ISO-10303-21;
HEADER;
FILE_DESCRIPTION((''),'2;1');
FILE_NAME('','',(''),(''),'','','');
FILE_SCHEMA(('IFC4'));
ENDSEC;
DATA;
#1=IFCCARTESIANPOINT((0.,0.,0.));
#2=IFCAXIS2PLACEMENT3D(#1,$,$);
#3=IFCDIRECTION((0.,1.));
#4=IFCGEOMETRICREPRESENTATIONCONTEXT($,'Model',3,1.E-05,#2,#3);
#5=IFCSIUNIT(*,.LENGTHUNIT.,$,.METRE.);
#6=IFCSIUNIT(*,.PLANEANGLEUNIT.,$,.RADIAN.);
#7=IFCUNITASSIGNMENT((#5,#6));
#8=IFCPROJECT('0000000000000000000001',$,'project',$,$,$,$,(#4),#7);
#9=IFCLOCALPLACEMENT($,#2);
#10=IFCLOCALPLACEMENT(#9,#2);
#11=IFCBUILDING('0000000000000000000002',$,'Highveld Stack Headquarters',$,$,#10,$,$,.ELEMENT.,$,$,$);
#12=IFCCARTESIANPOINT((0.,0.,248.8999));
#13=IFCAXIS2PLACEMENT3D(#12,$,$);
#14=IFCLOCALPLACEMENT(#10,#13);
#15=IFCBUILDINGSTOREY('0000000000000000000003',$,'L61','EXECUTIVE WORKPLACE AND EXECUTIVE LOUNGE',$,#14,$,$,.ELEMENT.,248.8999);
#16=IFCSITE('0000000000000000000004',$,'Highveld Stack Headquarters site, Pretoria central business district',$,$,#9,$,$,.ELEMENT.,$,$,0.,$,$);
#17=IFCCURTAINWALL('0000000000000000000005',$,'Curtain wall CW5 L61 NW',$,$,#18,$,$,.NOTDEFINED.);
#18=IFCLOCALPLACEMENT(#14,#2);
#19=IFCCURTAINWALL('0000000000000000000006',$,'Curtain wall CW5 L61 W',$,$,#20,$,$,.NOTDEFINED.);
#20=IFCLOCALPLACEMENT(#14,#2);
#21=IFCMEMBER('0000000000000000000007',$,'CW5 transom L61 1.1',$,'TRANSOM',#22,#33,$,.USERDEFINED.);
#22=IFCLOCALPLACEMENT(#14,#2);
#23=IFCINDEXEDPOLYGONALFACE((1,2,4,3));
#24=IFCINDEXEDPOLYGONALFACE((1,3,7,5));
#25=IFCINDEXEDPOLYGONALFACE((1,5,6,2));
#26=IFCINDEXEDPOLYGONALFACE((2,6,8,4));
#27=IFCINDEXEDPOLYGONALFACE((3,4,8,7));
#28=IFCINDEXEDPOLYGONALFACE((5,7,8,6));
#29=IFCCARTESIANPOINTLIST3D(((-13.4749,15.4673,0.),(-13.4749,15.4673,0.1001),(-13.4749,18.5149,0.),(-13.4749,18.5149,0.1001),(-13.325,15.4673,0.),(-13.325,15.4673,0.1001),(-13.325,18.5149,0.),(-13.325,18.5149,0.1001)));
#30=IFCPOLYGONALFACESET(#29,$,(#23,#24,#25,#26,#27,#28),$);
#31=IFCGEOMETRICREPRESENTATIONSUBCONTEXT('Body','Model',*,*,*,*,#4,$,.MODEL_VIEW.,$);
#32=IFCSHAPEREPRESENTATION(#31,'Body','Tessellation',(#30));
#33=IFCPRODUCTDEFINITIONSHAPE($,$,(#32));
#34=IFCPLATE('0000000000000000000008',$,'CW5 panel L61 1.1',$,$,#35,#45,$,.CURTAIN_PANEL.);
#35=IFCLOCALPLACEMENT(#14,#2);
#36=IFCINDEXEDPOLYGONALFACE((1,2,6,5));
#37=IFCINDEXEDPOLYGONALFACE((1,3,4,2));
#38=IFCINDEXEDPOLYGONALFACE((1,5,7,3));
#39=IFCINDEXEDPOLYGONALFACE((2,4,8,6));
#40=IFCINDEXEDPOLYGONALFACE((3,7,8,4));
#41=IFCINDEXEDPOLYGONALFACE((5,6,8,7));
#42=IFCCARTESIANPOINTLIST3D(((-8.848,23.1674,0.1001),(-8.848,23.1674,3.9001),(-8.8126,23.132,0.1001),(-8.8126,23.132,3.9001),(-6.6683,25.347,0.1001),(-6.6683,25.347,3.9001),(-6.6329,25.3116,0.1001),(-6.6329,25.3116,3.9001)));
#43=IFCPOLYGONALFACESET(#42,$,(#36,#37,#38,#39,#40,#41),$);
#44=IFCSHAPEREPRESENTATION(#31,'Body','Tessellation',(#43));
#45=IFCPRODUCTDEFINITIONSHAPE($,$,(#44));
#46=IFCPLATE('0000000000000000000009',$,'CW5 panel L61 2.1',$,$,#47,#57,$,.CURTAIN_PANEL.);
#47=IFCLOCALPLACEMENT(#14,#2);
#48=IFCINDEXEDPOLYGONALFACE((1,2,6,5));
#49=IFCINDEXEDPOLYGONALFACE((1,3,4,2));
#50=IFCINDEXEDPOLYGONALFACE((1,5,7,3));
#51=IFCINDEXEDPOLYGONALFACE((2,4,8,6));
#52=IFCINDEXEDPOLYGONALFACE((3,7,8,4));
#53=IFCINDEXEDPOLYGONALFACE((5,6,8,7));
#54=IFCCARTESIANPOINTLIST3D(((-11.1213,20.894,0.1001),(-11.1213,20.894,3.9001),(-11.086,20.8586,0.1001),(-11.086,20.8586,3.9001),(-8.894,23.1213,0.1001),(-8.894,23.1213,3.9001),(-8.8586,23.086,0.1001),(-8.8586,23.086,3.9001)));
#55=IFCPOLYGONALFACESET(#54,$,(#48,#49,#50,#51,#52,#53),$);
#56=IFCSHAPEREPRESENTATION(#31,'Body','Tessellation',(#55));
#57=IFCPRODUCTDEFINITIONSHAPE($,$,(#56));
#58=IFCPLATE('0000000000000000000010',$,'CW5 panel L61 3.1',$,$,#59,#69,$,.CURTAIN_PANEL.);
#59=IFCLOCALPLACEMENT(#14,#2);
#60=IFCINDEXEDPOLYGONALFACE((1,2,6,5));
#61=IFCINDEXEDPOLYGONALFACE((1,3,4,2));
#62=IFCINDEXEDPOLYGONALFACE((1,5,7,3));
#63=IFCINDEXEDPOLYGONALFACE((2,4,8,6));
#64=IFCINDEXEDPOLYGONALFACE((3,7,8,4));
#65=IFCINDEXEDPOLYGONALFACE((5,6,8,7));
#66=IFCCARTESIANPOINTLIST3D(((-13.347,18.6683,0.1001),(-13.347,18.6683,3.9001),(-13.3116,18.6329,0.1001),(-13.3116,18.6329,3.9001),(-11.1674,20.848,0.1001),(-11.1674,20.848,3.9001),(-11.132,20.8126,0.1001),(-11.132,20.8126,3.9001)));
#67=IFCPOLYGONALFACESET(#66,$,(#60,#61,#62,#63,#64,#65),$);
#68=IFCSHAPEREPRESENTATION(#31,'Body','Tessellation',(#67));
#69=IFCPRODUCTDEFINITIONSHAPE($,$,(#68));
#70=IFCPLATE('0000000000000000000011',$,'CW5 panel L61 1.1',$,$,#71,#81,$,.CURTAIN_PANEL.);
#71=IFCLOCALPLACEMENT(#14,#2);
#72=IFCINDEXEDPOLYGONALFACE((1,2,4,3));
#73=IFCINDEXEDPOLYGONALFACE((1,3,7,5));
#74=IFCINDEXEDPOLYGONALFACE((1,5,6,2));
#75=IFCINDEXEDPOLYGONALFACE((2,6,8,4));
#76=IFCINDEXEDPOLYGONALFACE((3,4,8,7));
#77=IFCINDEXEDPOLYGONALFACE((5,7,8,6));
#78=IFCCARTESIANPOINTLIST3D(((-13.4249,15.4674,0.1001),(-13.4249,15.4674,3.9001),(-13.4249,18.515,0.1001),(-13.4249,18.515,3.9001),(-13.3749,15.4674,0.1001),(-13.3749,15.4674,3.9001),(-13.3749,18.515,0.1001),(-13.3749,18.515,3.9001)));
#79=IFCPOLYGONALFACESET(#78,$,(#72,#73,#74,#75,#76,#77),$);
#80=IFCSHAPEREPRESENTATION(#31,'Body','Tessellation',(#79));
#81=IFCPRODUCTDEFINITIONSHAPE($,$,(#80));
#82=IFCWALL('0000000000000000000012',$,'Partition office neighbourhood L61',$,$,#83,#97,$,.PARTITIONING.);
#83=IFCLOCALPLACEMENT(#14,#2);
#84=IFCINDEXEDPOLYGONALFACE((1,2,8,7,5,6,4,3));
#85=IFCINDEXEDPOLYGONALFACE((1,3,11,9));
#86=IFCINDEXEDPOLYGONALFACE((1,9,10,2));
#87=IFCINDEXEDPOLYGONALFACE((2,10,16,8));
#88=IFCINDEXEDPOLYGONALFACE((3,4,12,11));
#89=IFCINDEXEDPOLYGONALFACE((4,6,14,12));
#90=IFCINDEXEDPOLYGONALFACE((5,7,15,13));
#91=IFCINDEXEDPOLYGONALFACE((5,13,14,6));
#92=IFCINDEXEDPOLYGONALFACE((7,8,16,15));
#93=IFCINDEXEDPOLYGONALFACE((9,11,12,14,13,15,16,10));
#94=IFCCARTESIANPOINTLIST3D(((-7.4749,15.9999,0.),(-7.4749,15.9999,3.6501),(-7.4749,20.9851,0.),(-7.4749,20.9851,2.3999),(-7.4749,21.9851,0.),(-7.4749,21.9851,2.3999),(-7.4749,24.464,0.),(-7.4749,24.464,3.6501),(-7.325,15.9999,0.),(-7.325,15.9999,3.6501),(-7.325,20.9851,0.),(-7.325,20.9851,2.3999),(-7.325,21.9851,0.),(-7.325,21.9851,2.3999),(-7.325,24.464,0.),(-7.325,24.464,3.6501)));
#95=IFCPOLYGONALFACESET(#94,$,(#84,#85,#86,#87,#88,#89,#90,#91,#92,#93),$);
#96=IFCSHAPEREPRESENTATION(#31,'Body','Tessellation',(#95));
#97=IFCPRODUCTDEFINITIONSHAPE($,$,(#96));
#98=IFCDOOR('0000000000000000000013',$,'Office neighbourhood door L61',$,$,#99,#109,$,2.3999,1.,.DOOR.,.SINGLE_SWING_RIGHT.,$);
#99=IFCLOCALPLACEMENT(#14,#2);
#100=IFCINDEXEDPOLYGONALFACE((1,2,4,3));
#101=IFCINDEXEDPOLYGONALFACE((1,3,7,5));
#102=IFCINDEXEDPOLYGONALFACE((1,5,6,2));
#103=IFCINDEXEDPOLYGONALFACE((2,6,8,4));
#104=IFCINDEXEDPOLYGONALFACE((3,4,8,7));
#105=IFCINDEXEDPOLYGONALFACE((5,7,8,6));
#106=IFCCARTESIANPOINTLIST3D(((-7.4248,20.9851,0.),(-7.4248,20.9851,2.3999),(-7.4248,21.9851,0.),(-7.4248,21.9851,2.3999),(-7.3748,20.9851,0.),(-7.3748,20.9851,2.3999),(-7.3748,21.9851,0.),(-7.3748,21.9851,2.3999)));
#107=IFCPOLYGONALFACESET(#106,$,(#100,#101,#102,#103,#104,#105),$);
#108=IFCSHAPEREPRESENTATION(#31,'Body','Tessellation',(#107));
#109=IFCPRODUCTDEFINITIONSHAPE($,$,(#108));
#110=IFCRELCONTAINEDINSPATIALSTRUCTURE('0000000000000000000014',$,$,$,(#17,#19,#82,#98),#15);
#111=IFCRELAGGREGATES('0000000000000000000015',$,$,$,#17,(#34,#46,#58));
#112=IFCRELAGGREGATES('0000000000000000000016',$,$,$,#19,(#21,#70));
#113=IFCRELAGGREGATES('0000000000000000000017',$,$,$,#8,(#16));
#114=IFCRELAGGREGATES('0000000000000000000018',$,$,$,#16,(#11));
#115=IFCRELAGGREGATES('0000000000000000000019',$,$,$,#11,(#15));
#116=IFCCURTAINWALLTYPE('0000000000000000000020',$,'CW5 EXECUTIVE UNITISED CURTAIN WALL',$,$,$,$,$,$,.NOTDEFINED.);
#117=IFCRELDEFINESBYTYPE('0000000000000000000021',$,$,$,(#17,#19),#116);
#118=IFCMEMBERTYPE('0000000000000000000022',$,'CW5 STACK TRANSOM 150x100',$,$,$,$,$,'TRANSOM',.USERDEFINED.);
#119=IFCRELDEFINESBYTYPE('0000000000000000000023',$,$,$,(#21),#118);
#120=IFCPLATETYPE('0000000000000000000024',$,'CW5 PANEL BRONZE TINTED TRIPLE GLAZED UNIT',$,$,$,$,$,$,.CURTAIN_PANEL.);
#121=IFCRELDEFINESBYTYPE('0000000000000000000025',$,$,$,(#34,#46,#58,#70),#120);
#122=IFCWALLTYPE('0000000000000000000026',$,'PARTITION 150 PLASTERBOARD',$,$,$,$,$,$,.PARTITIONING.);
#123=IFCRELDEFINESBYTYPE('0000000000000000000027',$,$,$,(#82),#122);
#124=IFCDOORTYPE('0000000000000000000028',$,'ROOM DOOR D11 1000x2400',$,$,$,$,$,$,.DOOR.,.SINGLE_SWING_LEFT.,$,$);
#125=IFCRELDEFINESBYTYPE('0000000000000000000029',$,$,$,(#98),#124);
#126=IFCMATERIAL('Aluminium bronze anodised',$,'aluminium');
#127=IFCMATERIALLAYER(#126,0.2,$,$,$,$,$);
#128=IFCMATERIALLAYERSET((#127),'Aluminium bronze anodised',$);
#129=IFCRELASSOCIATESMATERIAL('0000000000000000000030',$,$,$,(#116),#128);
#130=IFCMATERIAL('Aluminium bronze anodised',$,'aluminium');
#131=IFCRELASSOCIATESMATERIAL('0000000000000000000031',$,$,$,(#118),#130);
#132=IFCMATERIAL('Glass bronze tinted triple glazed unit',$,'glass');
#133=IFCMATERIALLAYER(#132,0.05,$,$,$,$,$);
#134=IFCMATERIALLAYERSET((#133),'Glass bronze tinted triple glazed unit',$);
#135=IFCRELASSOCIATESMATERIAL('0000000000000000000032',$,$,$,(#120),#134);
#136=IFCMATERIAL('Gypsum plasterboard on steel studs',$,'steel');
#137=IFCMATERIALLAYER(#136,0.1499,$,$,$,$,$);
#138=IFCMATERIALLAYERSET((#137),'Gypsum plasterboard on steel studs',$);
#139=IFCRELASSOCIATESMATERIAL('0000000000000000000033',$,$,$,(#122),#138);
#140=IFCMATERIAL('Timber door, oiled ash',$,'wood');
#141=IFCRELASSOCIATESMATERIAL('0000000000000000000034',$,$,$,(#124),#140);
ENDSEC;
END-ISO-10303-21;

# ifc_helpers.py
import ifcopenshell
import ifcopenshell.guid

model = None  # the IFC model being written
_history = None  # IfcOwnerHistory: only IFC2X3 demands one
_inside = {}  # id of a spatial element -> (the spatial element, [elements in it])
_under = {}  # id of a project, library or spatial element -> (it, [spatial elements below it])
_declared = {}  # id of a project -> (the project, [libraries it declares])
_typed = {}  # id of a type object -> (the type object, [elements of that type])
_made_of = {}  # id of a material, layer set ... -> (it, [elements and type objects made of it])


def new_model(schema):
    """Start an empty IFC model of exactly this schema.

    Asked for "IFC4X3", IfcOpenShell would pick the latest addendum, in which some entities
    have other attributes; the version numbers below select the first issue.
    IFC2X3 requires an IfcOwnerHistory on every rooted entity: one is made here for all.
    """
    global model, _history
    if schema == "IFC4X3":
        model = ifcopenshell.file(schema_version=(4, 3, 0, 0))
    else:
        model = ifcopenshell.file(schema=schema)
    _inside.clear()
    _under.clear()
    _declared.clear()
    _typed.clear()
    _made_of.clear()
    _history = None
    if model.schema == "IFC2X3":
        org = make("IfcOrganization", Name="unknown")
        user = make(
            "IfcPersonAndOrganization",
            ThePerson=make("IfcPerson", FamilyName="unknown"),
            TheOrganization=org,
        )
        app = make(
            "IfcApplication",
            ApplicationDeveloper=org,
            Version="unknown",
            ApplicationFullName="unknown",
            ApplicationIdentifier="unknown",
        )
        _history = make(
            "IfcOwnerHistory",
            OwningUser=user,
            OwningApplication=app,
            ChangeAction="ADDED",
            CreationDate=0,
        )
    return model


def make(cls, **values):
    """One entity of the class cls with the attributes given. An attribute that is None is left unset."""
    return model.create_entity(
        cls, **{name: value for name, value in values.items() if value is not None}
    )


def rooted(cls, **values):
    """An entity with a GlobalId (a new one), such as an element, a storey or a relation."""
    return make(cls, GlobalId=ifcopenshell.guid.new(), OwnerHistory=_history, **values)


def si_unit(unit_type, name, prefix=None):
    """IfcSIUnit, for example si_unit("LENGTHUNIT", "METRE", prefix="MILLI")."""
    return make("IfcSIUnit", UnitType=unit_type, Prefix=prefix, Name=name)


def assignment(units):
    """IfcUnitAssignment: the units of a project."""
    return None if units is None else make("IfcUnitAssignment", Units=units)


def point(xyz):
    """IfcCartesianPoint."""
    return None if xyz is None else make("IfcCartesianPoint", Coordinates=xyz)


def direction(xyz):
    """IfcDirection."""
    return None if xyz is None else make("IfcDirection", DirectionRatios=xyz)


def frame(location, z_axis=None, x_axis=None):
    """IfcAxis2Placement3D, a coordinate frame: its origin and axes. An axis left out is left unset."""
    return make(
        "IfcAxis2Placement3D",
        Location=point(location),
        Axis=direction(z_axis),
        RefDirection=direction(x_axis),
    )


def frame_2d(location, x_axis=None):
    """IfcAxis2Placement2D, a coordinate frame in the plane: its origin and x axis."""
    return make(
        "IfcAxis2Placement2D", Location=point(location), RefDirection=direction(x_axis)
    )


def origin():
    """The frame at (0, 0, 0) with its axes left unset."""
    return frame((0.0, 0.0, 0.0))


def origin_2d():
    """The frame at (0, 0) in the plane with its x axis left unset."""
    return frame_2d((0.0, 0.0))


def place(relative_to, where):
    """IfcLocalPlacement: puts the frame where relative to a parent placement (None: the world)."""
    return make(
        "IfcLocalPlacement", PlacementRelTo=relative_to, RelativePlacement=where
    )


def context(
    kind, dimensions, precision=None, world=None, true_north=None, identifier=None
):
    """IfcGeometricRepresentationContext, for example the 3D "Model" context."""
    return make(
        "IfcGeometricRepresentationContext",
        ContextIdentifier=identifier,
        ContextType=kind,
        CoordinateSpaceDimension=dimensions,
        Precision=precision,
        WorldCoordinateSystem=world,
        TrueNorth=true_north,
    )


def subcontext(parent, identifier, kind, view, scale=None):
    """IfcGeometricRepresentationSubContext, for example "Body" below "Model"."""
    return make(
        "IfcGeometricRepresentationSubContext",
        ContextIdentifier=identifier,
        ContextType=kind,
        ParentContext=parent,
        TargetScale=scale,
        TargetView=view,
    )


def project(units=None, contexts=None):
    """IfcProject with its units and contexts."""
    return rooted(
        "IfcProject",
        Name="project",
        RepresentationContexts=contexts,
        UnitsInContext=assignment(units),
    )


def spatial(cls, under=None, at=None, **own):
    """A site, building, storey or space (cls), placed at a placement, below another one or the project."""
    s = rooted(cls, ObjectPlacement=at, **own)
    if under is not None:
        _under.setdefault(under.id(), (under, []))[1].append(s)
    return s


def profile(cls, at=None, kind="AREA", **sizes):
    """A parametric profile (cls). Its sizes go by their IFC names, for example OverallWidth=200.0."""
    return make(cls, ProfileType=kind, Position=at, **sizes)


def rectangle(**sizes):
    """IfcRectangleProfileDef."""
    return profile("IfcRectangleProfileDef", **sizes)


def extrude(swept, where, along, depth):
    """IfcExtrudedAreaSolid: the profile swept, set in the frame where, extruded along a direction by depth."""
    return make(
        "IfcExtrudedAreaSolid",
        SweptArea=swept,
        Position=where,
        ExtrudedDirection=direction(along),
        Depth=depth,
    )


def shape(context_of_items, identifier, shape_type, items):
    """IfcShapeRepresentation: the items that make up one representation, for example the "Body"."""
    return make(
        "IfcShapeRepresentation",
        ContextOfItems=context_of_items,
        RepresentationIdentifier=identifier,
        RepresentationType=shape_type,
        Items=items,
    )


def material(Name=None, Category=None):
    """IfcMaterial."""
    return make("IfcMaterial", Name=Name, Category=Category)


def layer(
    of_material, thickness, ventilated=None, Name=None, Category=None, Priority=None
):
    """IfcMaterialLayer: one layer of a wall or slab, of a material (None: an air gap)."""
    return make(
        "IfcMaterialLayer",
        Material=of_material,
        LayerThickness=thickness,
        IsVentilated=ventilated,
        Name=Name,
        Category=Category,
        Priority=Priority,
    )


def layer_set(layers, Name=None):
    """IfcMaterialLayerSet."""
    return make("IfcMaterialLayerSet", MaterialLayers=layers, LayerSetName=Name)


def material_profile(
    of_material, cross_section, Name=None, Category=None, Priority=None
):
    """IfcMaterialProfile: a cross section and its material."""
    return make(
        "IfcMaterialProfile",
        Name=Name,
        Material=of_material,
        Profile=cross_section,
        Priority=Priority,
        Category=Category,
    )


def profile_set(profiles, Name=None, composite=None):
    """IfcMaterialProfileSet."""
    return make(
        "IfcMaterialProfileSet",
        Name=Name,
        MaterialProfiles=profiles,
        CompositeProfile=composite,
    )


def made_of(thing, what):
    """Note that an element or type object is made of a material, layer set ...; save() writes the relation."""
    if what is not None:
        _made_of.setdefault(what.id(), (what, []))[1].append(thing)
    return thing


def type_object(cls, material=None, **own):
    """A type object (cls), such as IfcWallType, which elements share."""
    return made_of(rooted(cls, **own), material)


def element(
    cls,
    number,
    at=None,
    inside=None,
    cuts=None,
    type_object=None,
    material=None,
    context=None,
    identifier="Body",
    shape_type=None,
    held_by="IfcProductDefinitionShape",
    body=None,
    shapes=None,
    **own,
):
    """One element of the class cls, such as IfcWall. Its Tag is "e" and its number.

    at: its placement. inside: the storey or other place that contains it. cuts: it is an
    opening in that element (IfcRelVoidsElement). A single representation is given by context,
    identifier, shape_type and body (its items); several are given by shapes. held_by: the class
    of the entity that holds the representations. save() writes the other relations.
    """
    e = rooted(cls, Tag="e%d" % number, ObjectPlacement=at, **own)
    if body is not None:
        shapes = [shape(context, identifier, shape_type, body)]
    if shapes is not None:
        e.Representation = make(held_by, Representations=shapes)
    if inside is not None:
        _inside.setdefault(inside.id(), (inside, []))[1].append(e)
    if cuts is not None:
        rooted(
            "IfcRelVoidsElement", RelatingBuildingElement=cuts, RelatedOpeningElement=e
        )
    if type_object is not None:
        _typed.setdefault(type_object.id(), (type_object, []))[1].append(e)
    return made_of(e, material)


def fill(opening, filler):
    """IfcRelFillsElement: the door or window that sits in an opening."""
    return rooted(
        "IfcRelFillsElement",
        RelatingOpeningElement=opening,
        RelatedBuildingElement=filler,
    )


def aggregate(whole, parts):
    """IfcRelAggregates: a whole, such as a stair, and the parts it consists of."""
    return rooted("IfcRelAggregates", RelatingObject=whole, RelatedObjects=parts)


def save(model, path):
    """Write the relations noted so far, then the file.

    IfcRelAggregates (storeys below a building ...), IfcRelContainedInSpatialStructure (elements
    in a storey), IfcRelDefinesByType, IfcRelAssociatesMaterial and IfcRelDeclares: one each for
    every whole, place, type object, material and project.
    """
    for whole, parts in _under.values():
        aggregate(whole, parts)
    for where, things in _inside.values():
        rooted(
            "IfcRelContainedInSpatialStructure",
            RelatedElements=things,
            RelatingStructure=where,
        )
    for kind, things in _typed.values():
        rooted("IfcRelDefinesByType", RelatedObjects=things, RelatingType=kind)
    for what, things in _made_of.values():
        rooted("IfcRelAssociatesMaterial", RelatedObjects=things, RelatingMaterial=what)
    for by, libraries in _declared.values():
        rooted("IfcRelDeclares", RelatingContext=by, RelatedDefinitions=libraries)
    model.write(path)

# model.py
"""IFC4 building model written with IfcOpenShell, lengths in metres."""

from ifc_helpers import new_model, si_unit, direction, frame, frame_2d, origin, origin_2d, place, context, subcontext, project, spatial, rectangle, extrude, material, layer, layer_set, material_profile, profile_set, type_object, element, fill, aggregate, save


model = new_model("IFC4")

# Units and contexts
model_context = context("Model", 3, precision=1e-05, world=origin(), true_north=direction((0.0, 1.0)))
body_context = subcontext(model_context, "Body", "Model", "MODEL_VIEW")
ifc_project = project(units=[si_unit("LENGTHUNIT", "METRE"), si_unit("PLANEANGLEUNIT", "RADIAN")], contexts=[model_context])

# Site, building, storey
site_placement = place(None, origin())
site = spatial("IfcSite", under=ifc_project, at=site_placement, Name="Highveld Stack Headquarters site, Pretoria central business district", CompositionType="ELEMENT", RefElevation=0.0)
building_placement = place(site_placement, origin())
building = spatial("IfcBuilding", under=site, at=building_placement, Name="Highveld Stack Headquarters", CompositionType="ELEMENT")
storey_placement = place(building_placement, frame((0.0, 0.0, 248.8999)))
storey = spatial("IfcBuildingStorey", under=building, at=storey_placement, Name="L61", Description="EXECUTIVE WORKPLACE AND EXECUTIVE LOUNGE", CompositionType="ELEMENT", Elevation=248.8999)

# Shared definitions
ifc_material_1 = material(Name="Aluminium bronze anodised", Category="aluminium")
ifc_layer_1 = layer(ifc_material_1, 0.2)
ifc_layer_set_1 = layer_set([ifc_layer_1], Name="Aluminium bronze anodised")
curtain_wall_type = type_object("IfcCurtainWallType", Name="CW5 EXECUTIVE UNITISED CURTAIN WALL", PredefinedType="NOTDEFINED", material=ifc_layer_set_1)

# Curtain wall
curtain_wall_1_placement = place(storey_placement, origin())
curtain_wall_1 = element("IfcCurtainWall", 1, at=curtain_wall_1_placement, inside=storey, type_object=curtain_wall_type, Name="Curtain wall CW5 L61 NW", PredefinedType="NOTDEFINED")

# Curtain wall
curtain_wall_2_placement = place(storey_placement, origin())
curtain_wall_2 = element("IfcCurtainWall", 2, at=curtain_wall_2_placement, inside=storey, type_object=curtain_wall_type, Name="Curtain wall CW5 L61 W", PredefinedType="NOTDEFINED")

# Member
ifc_material_2 = material(Name="Aluminium bronze anodised", Category="aluminium")
ifc_material_profile_1 = material_profile(ifc_material_2, rectangle(XDim=0.1499, YDim=0.1001, at=origin_2d()), Name="CW5 TRANSOM 150x100")
ifc_profile_set_1 = profile_set([ifc_material_profile_1], Name="Aluminium bronze anodised")
member_type_1 = type_object("IfcMemberType", Name="CW5 STACK TRANSOM 150x100", ElementType="TRANSOM", PredefinedType="USERDEFINED", material=ifc_profile_set_1)
member_1_placement = place(storey_placement, frame((-13.3999, 18.5149, 0.05), z_axis=(0.0, -1.0, 0.0), x_axis=(1.0, 0.0, 0.0)))
member_1 = element("IfcMember", 3, at=member_1_placement, type_object=member_type_1, Name="CW5 transom L61 1.1", ObjectType="TRANSOM", PredefinedType="USERDEFINED", context=body_context, shape_type="SweptSolid", body=[
    extrude(rectangle(XDim=0.1499, YDim=0.1001, at=origin_2d()), origin(), (0.0, 0.0, 1.0), 3.0476),
])

# Plates
ifc_material_3 = material(Name="Glass bronze tinted triple glazed unit", Category="glass")
ifc_layer_2 = layer(ifc_material_3, 0.05)
ifc_layer_set_2 = layer_set([ifc_layer_2], Name="Glass bronze tinted triple glazed unit")
plate_type = type_object("IfcPlateType", Name="CW5 PANEL BRONZE TINTED TRIPLE GLAZED UNIT", PredefinedType="CURTAIN_PANEL", material=ifc_layer_set_2)
plate_1_placement = place(storey_placement, frame((-7.7405, 24.2395, 0.1001), z_axis=(0.0, 0.0, 1.0), x_axis=(-0.707107, -0.707107, 0.0)))
plate_1 = element("IfcPlate", 4, at=plate_1_placement, type_object=plate_type, Name="CW5 panel L61 1.1", PredefinedType="CURTAIN_PANEL", context=body_context, shape_type="SweptSolid", body=[
    extrude(rectangle(XDim=3.0825, YDim=0.05, at=origin_2d()), origin(), (0.0, 0.0, 1.0), 3.8),
])
plate_2_placement = place(storey_placement, frame((-9.99, 21.99, 0.1001), z_axis=(0.0, 0.0, 1.0), x_axis=(-0.707107, -0.707107, 0.0)))
plate_2 = element("IfcPlate", 5, at=plate_2_placement, type_object=plate_type, Name="CW5 panel L61 2.1", PredefinedType="CURTAIN_PANEL", context=body_context, shape_type="SweptSolid", body=[
    extrude(rectangle(XDim=3.1499, YDim=0.05, at=origin_2d()), origin(), (0.0, 0.0, 1.0), 3.8),
])
plate_3_placement = place(storey_placement, frame((-12.2395, 19.7405, 0.1001), z_axis=(0.0, 0.0, 1.0), x_axis=(-0.707107, -0.707107, 0.0)))
plate_3 = element("IfcPlate", 6, at=plate_3_placement, type_object=plate_type, Name="CW5 panel L61 3.1", PredefinedType="CURTAIN_PANEL", context=body_context, shape_type="SweptSolid", body=[
    extrude(rectangle(XDim=3.0825, YDim=0.05, at=origin_2d()), origin(), (0.0, 0.0, 1.0), 3.8),
])
aggregate(curtain_wall_1, [plate_1, plate_2, plate_3])
plate_4_placement = place(storey_placement, frame((-13.3999, 16.9912, 0.1001), z_axis=(0.0, 0.0, 1.0), x_axis=(0.0, -1.0, 0.0)))
plate_4 = element("IfcPlate", 7, at=plate_4_placement, type_object=plate_type, Name="CW5 panel L61 1.1", PredefinedType="CURTAIN_PANEL", context=body_context, shape_type="SweptSolid", body=[
    extrude(rectangle(XDim=3.0476, YDim=0.05, at=origin_2d()), origin(), (0.0, 0.0, 1.0), 3.8),
])
aggregate(curtain_wall_2, [member_1, plate_4])

# Wall, opening, door
ifc_material_4 = material(Name="Gypsum plasterboard on steel studs", Category="steel")
ifc_layer_3 = layer(ifc_material_4, 0.1499)
ifc_layer_set_3 = layer_set([ifc_layer_3], Name="Gypsum plasterboard on steel studs")
wall_type = type_object("IfcWallType", Name="PARTITION 150 PLASTERBOARD", PredefinedType="PARTITIONING", material=ifc_layer_set_3)
wall_placement = place(storey_placement, frame((-7.3999, 16.0, 0.0), z_axis=(0.0, 0.0, 1.0), x_axis=(0.0, 1.0, 0.0)))
wall = element("IfcWall", 8, at=wall_placement, inside=storey, type_object=wall_type, Name="Partition office neighbourhood L61", PredefinedType="PARTITIONING", context=body_context, shape_type="SweptSolid", body=[
    extrude(rectangle(XDim=8.4641, YDim=0.1499, at=frame_2d((4.2319, 0.0))), origin(), (0.0, 0.0, 1.0), 3.6501),
])
opening_placement = place(wall_placement, frame((4.9851, 0.0, 0.0)))
opening = element("IfcOpeningElement", 9, at=opening_placement, cuts=wall, PredefinedType="OPENING", context=body_context, shape_type="SweptSolid", body=[
    extrude(rectangle(XDim=1.0, YDim=2.3999, at=frame_2d((0.5, 1.2))), frame((0.0, 0.085, 0.0), z_axis=(0.0, -1.0, 0.0), x_axis=(1.0, 0.0, 0.0)), (0.0, 0.0, 1.0), 0.1699),
])
ifc_material_5 = material(Name="Timber door, oiled ash", Category="wood")
door_type = type_object("IfcDoorType", Name="ROOM DOOR D11 1000x2400", OperationType="SINGLE_SWING_LEFT", PredefinedType="DOOR", material=ifc_material_5)
door_placement = place(opening_placement, origin())
door = element("IfcDoor", 10, at=door_placement, inside=storey, type_object=door_type, Name="Office neighbourhood door L61", OperationType="SINGLE_SWING_RIGHT", OverallHeight=2.3999, OverallWidth=1.0, PredefinedType="DOOR", context=body_context, shape_type="SweptSolid", body=[
    extrude(rectangle(XDim=1.0, YDim=2.3999, at=frame_2d((0.5, 1.2))), frame((0.0, 0.0249, 0.0), z_axis=(0.0, -1.0, 0.0), x_axis=(1.0, 0.0, 0.0)), (0.0, 0.0, 1.0), 0.05),
])
fill(opening, door)

save(model, "model.ifc")
